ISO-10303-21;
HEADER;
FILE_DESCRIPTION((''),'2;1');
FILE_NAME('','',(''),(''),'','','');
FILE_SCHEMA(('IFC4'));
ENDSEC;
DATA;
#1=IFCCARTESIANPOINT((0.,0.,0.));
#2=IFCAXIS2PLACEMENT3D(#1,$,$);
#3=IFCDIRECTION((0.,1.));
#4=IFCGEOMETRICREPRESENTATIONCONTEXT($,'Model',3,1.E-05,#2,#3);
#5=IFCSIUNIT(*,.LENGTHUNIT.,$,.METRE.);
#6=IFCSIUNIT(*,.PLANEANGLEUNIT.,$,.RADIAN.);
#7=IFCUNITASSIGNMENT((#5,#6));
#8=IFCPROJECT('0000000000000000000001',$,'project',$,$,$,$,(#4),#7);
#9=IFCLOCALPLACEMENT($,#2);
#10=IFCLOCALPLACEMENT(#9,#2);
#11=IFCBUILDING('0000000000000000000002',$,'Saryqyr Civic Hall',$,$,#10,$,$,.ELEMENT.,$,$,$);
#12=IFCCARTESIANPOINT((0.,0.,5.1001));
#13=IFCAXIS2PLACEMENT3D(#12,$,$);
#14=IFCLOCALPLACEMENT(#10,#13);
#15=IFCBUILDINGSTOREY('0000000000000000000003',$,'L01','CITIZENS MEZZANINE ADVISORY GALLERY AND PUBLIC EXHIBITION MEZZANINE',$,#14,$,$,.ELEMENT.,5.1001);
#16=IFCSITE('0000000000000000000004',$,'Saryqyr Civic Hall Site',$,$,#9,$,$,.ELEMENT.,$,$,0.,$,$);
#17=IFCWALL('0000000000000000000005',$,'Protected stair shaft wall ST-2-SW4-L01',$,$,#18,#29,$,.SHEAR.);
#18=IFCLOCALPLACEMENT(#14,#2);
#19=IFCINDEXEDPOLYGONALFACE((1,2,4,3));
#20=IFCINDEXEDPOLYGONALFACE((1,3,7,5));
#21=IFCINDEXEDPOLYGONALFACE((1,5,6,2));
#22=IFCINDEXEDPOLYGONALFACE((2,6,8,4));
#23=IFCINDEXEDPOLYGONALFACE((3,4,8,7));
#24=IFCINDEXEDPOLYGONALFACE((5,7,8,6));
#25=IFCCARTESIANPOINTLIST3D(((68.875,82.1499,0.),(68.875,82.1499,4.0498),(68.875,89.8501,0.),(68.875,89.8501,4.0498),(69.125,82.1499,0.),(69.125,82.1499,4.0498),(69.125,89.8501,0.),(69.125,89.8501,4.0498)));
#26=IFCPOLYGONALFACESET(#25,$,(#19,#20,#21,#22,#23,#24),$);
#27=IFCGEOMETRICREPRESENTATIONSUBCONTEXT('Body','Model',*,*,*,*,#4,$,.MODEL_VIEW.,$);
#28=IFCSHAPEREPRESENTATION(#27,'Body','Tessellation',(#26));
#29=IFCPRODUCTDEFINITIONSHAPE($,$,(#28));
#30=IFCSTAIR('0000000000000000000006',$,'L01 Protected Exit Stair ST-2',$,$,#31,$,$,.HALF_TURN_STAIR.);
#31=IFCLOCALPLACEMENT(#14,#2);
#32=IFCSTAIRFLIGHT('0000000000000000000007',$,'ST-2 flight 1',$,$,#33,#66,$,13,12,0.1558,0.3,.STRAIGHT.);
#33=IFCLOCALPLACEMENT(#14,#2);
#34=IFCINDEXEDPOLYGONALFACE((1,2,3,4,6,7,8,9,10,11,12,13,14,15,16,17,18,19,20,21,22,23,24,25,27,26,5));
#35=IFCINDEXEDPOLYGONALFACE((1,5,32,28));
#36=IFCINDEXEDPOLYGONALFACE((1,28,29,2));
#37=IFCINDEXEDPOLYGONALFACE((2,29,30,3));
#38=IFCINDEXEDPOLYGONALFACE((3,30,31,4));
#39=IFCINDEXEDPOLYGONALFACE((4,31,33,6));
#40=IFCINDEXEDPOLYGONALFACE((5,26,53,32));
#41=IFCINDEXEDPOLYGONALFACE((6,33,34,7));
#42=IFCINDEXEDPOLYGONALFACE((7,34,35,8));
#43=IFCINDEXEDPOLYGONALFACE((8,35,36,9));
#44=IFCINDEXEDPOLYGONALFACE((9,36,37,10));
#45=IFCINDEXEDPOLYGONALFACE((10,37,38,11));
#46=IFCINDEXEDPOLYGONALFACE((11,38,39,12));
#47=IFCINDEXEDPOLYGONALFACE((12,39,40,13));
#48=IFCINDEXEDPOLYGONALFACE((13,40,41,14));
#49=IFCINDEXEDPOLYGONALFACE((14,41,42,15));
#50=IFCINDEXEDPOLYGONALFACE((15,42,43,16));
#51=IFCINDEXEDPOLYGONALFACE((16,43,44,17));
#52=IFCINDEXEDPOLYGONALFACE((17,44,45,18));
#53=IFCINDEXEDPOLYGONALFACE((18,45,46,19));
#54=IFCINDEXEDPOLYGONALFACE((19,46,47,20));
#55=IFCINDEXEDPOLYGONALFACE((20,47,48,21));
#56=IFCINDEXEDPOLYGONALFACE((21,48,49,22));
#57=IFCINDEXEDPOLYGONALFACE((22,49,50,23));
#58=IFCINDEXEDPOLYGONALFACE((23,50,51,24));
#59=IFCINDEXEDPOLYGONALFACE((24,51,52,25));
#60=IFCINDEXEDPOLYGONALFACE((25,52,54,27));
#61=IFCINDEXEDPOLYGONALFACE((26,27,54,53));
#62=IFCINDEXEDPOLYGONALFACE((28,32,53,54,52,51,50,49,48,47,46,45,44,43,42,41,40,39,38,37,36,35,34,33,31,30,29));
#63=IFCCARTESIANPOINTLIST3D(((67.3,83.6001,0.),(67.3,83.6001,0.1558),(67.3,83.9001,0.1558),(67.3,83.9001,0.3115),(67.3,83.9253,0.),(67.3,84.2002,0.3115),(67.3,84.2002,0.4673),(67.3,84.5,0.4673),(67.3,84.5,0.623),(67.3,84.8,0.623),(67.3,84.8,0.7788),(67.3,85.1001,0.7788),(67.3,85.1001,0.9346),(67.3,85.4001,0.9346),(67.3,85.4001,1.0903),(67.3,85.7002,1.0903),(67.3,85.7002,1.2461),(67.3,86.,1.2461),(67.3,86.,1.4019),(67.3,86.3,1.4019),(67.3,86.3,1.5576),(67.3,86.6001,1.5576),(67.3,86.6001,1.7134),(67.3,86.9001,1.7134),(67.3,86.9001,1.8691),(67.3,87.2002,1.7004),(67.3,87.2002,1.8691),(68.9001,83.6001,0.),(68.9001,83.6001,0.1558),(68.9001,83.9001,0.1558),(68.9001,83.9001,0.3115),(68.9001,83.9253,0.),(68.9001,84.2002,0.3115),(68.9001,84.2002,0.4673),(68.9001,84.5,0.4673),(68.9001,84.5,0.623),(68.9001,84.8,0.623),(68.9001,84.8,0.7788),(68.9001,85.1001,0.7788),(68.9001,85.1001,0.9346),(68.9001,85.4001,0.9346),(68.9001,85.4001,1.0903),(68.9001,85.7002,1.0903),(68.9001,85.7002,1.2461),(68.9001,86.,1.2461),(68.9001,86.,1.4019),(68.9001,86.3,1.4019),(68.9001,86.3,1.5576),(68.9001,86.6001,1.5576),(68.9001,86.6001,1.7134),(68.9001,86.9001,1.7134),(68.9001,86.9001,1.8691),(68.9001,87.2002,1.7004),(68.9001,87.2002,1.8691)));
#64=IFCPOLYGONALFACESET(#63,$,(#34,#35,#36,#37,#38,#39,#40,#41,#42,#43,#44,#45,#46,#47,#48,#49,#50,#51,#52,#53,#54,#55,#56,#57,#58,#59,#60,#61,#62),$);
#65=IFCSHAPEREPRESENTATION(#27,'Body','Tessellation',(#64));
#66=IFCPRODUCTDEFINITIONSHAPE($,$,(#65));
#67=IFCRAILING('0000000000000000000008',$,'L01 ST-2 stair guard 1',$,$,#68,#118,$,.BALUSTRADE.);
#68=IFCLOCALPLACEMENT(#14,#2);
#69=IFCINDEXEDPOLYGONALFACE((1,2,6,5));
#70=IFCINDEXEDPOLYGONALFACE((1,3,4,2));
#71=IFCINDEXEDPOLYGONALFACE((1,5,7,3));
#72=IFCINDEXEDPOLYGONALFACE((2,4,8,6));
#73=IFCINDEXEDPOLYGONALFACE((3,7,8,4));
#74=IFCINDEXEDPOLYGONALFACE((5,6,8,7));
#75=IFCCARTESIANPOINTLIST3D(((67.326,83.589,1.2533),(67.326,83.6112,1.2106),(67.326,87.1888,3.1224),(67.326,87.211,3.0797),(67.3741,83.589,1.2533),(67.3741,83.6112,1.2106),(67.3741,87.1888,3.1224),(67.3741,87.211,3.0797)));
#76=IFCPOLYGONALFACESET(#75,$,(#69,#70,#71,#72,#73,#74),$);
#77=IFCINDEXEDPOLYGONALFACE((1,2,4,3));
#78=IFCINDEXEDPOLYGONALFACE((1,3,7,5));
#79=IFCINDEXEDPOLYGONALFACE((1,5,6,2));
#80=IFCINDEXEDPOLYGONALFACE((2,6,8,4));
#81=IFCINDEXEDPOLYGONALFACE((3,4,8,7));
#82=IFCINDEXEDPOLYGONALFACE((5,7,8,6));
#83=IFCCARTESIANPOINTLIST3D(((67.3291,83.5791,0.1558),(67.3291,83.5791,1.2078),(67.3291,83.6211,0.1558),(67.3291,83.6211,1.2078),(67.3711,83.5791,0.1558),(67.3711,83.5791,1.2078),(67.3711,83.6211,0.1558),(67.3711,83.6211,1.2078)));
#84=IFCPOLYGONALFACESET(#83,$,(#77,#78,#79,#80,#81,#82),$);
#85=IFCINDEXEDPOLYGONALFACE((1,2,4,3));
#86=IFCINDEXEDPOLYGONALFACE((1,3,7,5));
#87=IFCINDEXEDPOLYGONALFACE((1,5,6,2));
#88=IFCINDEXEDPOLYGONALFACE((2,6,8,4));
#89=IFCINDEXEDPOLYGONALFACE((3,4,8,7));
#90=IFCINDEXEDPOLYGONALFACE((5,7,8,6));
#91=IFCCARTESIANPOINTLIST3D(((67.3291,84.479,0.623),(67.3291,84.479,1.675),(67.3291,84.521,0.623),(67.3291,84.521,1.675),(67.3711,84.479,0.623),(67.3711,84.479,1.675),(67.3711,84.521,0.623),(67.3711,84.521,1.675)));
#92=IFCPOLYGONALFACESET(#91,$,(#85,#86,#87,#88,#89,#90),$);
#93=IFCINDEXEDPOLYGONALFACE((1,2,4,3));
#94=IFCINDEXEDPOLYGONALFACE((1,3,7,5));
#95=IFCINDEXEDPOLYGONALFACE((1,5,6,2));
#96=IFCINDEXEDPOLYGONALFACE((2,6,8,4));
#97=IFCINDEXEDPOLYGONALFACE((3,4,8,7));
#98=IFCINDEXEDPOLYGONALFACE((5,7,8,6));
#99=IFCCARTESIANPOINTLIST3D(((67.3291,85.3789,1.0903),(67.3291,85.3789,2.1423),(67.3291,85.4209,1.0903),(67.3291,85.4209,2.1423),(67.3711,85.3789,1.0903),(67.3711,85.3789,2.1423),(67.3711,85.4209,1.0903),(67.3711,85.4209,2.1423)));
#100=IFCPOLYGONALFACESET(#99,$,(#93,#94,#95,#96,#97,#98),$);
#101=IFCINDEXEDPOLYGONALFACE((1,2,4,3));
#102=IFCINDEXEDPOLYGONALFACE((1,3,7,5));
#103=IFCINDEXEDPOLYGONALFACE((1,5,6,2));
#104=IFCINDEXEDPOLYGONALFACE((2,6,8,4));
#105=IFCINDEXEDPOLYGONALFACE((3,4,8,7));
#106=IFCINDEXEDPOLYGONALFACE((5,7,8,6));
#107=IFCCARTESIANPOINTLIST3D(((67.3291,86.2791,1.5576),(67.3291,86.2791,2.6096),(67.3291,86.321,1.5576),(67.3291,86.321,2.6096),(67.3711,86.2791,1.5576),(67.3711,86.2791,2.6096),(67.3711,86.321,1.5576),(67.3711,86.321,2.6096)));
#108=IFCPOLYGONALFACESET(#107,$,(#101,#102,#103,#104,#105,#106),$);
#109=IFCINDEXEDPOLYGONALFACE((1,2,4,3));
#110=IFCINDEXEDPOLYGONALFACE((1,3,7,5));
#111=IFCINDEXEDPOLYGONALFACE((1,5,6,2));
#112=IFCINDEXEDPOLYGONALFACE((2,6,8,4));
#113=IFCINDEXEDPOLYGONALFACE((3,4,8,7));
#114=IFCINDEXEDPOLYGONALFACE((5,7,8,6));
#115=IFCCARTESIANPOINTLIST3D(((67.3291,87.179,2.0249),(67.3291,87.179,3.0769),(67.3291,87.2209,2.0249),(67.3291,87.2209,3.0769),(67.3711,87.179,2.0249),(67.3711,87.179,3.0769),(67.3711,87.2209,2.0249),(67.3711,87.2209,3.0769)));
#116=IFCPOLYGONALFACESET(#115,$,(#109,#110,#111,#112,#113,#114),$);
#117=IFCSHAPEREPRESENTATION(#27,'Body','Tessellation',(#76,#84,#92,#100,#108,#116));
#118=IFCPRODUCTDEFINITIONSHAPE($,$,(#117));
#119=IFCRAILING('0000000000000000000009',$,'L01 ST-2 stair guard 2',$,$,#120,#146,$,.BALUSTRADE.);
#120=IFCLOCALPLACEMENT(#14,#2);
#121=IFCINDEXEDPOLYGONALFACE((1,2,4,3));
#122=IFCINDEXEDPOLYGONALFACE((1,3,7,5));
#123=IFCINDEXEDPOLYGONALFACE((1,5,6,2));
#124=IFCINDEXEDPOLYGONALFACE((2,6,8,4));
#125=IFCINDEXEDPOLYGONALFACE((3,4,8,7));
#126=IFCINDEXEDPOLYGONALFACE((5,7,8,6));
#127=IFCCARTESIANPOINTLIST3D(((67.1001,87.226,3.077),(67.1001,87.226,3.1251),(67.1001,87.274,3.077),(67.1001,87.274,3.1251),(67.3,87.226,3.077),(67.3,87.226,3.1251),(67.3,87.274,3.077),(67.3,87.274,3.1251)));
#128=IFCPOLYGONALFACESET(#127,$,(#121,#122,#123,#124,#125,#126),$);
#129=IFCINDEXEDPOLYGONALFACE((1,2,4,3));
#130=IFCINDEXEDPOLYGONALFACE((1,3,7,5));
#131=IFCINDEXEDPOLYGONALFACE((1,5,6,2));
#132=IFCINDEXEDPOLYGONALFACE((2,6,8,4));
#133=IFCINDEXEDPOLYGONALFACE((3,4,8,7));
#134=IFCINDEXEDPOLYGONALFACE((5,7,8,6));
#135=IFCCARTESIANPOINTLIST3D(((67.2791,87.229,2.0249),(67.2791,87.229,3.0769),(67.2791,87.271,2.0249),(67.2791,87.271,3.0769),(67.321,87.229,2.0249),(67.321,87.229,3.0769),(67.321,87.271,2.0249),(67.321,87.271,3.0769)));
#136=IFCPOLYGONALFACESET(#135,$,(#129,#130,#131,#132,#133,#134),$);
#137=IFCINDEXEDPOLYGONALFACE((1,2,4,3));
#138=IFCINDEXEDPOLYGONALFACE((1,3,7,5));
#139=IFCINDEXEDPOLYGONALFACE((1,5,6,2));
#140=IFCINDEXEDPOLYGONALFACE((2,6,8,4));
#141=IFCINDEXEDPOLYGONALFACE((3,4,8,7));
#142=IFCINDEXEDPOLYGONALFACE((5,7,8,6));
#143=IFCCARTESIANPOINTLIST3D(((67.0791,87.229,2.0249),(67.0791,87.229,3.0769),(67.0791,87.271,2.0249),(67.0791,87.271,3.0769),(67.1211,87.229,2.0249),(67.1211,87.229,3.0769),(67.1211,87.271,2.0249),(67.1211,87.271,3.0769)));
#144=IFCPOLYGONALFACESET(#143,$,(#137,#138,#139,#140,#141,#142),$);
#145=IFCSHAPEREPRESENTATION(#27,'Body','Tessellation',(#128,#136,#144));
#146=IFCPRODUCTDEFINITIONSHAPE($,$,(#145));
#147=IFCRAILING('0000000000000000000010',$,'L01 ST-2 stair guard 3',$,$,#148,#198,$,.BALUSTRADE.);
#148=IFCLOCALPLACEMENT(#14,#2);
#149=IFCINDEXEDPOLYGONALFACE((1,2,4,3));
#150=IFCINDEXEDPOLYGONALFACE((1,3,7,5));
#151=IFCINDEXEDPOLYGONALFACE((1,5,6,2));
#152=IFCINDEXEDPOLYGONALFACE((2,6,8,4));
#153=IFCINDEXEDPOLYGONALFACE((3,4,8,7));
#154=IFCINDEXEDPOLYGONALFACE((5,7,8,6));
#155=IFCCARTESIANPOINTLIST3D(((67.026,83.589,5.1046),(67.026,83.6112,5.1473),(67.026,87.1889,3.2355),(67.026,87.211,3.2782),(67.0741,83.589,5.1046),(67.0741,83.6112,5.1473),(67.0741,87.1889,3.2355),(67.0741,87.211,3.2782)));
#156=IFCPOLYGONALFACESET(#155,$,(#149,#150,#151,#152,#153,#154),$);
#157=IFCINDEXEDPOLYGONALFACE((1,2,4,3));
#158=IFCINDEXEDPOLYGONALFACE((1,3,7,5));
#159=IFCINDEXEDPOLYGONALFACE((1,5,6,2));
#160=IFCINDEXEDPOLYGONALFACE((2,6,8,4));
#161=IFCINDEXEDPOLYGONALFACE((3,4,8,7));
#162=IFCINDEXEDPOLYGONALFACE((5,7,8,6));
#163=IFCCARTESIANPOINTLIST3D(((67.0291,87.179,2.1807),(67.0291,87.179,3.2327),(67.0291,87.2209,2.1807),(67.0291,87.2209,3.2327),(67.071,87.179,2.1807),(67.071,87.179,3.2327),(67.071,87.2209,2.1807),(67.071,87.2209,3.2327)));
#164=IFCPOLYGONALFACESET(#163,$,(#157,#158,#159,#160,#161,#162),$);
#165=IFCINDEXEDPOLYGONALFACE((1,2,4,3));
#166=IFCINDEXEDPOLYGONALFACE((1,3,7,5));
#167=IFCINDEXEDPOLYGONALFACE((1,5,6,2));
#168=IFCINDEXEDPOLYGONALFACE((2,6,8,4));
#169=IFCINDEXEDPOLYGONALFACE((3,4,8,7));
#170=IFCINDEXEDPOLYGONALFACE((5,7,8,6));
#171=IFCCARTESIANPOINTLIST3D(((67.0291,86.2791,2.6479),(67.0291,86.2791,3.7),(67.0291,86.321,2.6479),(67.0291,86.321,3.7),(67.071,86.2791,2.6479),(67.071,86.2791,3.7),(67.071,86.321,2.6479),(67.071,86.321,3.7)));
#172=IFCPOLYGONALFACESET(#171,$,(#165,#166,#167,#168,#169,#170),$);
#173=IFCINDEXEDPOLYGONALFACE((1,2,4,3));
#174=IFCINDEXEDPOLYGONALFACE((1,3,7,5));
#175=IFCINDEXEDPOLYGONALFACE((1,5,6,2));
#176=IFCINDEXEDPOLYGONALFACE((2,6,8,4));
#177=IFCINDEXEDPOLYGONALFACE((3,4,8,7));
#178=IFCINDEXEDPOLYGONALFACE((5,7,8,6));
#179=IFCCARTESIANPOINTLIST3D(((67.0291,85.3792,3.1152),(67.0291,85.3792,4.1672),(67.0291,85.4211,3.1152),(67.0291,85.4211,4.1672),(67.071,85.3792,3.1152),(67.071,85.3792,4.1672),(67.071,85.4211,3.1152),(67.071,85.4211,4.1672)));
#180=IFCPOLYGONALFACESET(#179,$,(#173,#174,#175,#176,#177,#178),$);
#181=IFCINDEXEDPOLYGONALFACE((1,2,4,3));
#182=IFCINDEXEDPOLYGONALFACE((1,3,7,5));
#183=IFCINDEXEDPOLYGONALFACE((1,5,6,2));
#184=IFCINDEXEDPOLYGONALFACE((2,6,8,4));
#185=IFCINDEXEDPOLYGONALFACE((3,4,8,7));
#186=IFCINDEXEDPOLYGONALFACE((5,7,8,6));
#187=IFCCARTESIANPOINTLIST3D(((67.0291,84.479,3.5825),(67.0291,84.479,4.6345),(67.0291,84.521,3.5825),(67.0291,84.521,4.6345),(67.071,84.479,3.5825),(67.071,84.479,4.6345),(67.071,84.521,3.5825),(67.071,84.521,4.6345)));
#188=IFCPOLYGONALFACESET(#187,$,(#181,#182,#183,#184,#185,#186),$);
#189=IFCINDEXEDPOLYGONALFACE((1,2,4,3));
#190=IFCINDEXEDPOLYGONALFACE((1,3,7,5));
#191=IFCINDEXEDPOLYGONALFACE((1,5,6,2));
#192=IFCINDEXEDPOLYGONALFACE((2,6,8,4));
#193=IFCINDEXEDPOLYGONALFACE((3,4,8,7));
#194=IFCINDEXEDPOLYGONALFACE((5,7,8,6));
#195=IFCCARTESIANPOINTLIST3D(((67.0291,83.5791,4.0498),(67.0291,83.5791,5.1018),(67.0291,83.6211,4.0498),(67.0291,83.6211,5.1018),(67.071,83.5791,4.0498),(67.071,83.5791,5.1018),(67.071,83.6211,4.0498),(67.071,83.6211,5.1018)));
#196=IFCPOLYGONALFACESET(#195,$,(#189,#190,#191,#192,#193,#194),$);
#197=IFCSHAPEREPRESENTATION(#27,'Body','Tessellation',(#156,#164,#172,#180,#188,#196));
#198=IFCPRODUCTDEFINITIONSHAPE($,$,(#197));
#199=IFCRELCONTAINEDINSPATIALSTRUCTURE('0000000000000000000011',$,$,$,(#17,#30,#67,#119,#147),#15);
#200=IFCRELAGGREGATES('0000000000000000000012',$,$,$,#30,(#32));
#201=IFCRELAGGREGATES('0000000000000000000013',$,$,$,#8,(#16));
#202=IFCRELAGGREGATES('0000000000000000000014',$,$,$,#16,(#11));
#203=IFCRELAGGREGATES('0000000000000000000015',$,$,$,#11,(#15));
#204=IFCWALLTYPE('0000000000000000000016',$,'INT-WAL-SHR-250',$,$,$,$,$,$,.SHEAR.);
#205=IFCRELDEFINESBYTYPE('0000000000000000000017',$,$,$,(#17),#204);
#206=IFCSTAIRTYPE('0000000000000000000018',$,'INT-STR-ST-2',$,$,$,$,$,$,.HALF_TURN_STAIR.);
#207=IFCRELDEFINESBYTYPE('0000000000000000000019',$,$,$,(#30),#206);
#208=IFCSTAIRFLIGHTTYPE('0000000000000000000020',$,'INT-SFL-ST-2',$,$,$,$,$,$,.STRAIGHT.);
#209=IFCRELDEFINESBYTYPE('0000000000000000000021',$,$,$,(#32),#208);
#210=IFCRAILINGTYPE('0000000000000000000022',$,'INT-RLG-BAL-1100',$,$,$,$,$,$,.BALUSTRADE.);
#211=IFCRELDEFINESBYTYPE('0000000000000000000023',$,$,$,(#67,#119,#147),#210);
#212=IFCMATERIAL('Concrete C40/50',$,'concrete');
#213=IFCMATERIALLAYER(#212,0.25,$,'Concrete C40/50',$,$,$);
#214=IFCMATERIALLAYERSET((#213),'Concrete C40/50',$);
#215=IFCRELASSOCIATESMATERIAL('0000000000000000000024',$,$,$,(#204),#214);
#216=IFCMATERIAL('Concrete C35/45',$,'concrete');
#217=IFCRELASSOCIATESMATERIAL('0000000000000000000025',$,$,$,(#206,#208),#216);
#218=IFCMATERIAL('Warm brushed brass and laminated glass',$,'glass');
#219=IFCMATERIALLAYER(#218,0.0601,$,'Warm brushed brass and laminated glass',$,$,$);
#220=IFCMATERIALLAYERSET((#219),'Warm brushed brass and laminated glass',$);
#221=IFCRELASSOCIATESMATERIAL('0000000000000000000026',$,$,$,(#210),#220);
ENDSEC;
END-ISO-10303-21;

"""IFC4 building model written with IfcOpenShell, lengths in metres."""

from ifc_helpers import new_model, si_unit, direction, frame, frame_2d, origin, origin_2d, place, context, subcontext, project, spatial, polyline, rectangle, outline, extrude, material, layer, layer_set, type_object, element, aggregate, save


model = new_model("IFC4")

# Units and contexts
model_context = context("Model", 3, precision=1e-05, world=origin(), true_north=direction((0.0, 1.0)))
body_context = subcontext(model_context, "Body", "Model", "MODEL_VIEW")
ifc_project = project(units=[si_unit("LENGTHUNIT", "METRE"), si_unit("PLANEANGLEUNIT", "RADIAN")], contexts=[model_context])

# Site, building, storey
site_placement = place(None, origin())
site = spatial("IfcSite", under=ifc_project, at=site_placement, Name="Saryqyr Civic Hall Site", CompositionType="ELEMENT", RefElevation=0.0)
building_placement = place(site_placement, origin())
building = spatial("IfcBuilding", under=site, at=building_placement, Name="Saryqyr Civic Hall", CompositionType="ELEMENT")
storey_placement = place(building_placement, frame((0.0, 0.0, 5.1001)))
storey = spatial("IfcBuildingStorey", under=building, at=storey_placement, Name="L01", Description="CITIZENS MEZZANINE ADVISORY GALLERY AND PUBLIC EXHIBITION MEZZANINE", CompositionType="ELEMENT", Elevation=5.1001)

# Shared definitions
ifc_material_1 = material(Name="Concrete C40/50", Category="concrete")

# Shared definitions
ifc_material_2 = material(Name="Concrete C35/45", Category="concrete")

# Shared definitions
ifc_layer_1 = layer(ifc_material_1, 0.25, Name="Concrete C40/50")
ifc_layer_set_1 = layer_set([ifc_layer_1], Name="Concrete C40/50")
wall_type_1 = type_object("IfcWallType", Name="INT-WAL-SHR-250", PredefinedType="SHEAR", material=ifc_layer_set_1)

# Wall
wall_1_placement = place(storey_placement, frame((69.0, 89.8501, 0.0), z_axis=(0.0, 0.0, 1.0), x_axis=(0.0, -1.0, 0.0)))
element("IfcWall", 1, at=wall_1_placement, inside=storey, type_object=wall_type_1, Name="Protected stair shaft wall ST-2-SW4-L01", PredefinedType="SHEAR", context=body_context, shape_type="SweptSolid", body=[
    extrude(rectangle(XDim=7.7002, YDim=0.25, at=frame_2d((3.8501, 0.0))), origin(), (0.0, 0.0, 1.0), 4.0498),
])

# Stair, stair flight
stair_type = type_object("IfcStairType", Name="INT-STR-ST-2", PredefinedType="HALF_TURN_STAIR", material=ifc_material_2)
stair_placement = place(storey_placement, origin())
stair = element("IfcStair", 2, at=stair_placement, inside=storey, type_object=stair_type, Name="L01 Protected Exit Stair ST-2", PredefinedType="HALF_TURN_STAIR")
stair_flight_type = type_object("IfcStairFlightType", Name="INT-SFL-ST-2", PredefinedType="STRAIGHT", material=ifc_material_2)
stair_flight_placement = place(storey_placement, frame((68.1001, 83.6001, 0.0), z_axis=(0.0, 0.0, 1.0), x_axis=(0.0, 1.0, 0.0)))
stair_flight = element("IfcStairFlight", 3, at=stair_flight_placement, type_object=stair_flight_type, Name="ST-2 flight 1", NumberOfRisers=13, NumberOfTreads=12, PredefinedType="STRAIGHT", RiserHeight=0.1558, TreadLength=0.3, context=body_context, shape_type="SweptSolid", body=[
    extrude(outline(polyline([(0.0, 0.0), (0.0, 0.1558), (0.3, 0.1558), (0.3, 0.3115), (0.6001, 0.3115), (0.6001, 0.4673), (0.8999, 0.4673), (0.8999, 0.623), (1.2, 0.623), (1.2, 0.7788), (1.5, 0.7788), (1.5, 0.9346), (1.8, 0.9346), (1.8, 1.0903), (2.1001, 1.0903), (2.1001, 1.2461), (2.3999, 1.2461), (2.3999, 1.4019), (2.7, 1.4019), (2.7, 1.5576), (3.0, 1.5576), (3.0, 1.7134), (3.3, 1.7134), (3.3, 1.8691), (3.6001, 1.8691), (3.6001, 2.0249), (3.6001, 1.7004), (0.3252, 0.0), (0.0, 0.0)])), frame((0.0, 0.8, 0.0), z_axis=(0.0, -1.0, 0.0), x_axis=(1.0, 0.0, 0.0)), (0.0, 0.0, 1.0), 1.6001),
])
aggregate(stair, [stair_flight])

# Railings
ifc_material_3 = material(Name="Warm brushed brass and laminated glass", Category="glass")
ifc_layer_2 = layer(ifc_material_3, 0.0601, Name="Warm brushed brass and laminated glass")
ifc_layer_set_2 = layer_set([ifc_layer_2], Name="Warm brushed brass and laminated glass")
railing_type_1 = type_object("IfcRailingType", Name="INT-RLG-BAL-1100", PredefinedType="BALUSTRADE", material=ifc_layer_set_2)
railing_1_placement = place(storey_placement, frame((67.3501, 83.6001, 0.1558)))
element("IfcRailing", 4, at=railing_1_placement, inside=storey, type_object=railing_type_1, Name="L01 ST-2 stair guard 1", PredefinedType="BALUSTRADE", context=body_context, shape_type="SweptSolid", body=[
    extrude(rectangle(XDim=0.0481, YDim=0.0481, at=origin_2d()), frame((0.0, 0.0, 1.0762), z_axis=(0.0, 0.887497, 0.460813), x_axis=(-1.0, 0.0, 0.0)), (0.0, 0.0, 1.0), 4.0562),
    extrude(rectangle(XDim=0.042, YDim=0.042, at=origin_2d()), origin(), (0.0, 0.0, 1.0), 1.052),
    extrude(rectangle(XDim=0.042, YDim=0.042, at=origin_2d()), frame((0.0, 0.8999, 0.4673)), (0.0, 0.0, 1.0), 1.052),
    extrude(rectangle(XDim=0.042, YDim=0.042, at=origin_2d()), frame((0.0, 1.7998, 0.9346)), (0.0, 0.0, 1.0), 1.052),
    extrude(rectangle(XDim=0.042, YDim=0.042, at=origin_2d()), frame((0.0, 2.7, 1.4019)), (0.0, 0.0, 1.0), 1.052),
    extrude(rectangle(XDim=0.042, YDim=0.042, at=origin_2d()), frame((0.0, 3.5999, 1.8691)), (0.0, 0.0, 1.0), 1.052),
])
railing_2_placement = place(storey_placement, frame((67.3, 87.25, 2.0249)))
element("IfcRailing", 5, at=railing_2_placement, inside=storey, type_object=railing_type_1, Name="L01 ST-2 stair guard 2", PredefinedType="BALUSTRADE", context=body_context, shape_type="SweptSolid", body=[
    extrude(rectangle(XDim=0.0481, YDim=0.0481, at=origin_2d()), frame((0.0, 0.0, 1.0762), z_axis=(-1.0, 0.0, 0.0), x_axis=(0.0, -1.0, 0.0)), (0.0, 0.0, 1.0), 0.2),
    extrude(rectangle(XDim=0.042, YDim=0.042, at=origin_2d()), origin(), (0.0, 0.0, 1.0), 1.052),
    extrude(rectangle(XDim=0.042, YDim=0.042, at=origin_2d()), frame((-0.2, 0.0, 0.0)), (0.0, 0.0, 1.0), 1.052),
])
railing_3_placement = place(storey_placement, frame((67.05, 87.2, 2.1807)))
element("IfcRailing", 6, at=railing_3_placement, inside=storey, type_object=railing_type_1, Name="L01 ST-2 stair guard 3", PredefinedType="BALUSTRADE", context=body_context, shape_type="SweptSolid", body=[
    extrude(rectangle(XDim=0.0481, YDim=0.0481, at=origin_2d()), frame((0.0, 0.0, 1.0762), z_axis=(0.0, -0.887497, 0.460813), x_axis=(1.0, 0.0, 0.0)), (0.0, 0.0, 1.0), 4.0562),
    extrude(rectangle(XDim=0.042, YDim=0.042, at=origin_2d()), origin(), (0.0, 0.0, 1.0), 1.052),
    extrude(rectangle(XDim=0.042, YDim=0.042, at=origin_2d()), frame((0.0, -0.8999, 0.4673)), (0.0, 0.0, 1.0), 1.052),
    extrude(rectangle(XDim=0.042, YDim=0.042, at=origin_2d()), frame((0.0, -1.7998, 0.9346)), (0.0, 0.0, 1.0), 1.052),
    extrude(rectangle(XDim=0.042, YDim=0.042, at=origin_2d()), frame((0.0, -2.7, 1.4019)), (0.0, 0.0, 1.0), 1.052),
    extrude(rectangle(XDim=0.042, YDim=0.042, at=origin_2d()), frame((0.0, -3.5999, 1.8691)), (0.0, 0.0, 1.0), 1.052),
])

save(model, "model.ifc")
